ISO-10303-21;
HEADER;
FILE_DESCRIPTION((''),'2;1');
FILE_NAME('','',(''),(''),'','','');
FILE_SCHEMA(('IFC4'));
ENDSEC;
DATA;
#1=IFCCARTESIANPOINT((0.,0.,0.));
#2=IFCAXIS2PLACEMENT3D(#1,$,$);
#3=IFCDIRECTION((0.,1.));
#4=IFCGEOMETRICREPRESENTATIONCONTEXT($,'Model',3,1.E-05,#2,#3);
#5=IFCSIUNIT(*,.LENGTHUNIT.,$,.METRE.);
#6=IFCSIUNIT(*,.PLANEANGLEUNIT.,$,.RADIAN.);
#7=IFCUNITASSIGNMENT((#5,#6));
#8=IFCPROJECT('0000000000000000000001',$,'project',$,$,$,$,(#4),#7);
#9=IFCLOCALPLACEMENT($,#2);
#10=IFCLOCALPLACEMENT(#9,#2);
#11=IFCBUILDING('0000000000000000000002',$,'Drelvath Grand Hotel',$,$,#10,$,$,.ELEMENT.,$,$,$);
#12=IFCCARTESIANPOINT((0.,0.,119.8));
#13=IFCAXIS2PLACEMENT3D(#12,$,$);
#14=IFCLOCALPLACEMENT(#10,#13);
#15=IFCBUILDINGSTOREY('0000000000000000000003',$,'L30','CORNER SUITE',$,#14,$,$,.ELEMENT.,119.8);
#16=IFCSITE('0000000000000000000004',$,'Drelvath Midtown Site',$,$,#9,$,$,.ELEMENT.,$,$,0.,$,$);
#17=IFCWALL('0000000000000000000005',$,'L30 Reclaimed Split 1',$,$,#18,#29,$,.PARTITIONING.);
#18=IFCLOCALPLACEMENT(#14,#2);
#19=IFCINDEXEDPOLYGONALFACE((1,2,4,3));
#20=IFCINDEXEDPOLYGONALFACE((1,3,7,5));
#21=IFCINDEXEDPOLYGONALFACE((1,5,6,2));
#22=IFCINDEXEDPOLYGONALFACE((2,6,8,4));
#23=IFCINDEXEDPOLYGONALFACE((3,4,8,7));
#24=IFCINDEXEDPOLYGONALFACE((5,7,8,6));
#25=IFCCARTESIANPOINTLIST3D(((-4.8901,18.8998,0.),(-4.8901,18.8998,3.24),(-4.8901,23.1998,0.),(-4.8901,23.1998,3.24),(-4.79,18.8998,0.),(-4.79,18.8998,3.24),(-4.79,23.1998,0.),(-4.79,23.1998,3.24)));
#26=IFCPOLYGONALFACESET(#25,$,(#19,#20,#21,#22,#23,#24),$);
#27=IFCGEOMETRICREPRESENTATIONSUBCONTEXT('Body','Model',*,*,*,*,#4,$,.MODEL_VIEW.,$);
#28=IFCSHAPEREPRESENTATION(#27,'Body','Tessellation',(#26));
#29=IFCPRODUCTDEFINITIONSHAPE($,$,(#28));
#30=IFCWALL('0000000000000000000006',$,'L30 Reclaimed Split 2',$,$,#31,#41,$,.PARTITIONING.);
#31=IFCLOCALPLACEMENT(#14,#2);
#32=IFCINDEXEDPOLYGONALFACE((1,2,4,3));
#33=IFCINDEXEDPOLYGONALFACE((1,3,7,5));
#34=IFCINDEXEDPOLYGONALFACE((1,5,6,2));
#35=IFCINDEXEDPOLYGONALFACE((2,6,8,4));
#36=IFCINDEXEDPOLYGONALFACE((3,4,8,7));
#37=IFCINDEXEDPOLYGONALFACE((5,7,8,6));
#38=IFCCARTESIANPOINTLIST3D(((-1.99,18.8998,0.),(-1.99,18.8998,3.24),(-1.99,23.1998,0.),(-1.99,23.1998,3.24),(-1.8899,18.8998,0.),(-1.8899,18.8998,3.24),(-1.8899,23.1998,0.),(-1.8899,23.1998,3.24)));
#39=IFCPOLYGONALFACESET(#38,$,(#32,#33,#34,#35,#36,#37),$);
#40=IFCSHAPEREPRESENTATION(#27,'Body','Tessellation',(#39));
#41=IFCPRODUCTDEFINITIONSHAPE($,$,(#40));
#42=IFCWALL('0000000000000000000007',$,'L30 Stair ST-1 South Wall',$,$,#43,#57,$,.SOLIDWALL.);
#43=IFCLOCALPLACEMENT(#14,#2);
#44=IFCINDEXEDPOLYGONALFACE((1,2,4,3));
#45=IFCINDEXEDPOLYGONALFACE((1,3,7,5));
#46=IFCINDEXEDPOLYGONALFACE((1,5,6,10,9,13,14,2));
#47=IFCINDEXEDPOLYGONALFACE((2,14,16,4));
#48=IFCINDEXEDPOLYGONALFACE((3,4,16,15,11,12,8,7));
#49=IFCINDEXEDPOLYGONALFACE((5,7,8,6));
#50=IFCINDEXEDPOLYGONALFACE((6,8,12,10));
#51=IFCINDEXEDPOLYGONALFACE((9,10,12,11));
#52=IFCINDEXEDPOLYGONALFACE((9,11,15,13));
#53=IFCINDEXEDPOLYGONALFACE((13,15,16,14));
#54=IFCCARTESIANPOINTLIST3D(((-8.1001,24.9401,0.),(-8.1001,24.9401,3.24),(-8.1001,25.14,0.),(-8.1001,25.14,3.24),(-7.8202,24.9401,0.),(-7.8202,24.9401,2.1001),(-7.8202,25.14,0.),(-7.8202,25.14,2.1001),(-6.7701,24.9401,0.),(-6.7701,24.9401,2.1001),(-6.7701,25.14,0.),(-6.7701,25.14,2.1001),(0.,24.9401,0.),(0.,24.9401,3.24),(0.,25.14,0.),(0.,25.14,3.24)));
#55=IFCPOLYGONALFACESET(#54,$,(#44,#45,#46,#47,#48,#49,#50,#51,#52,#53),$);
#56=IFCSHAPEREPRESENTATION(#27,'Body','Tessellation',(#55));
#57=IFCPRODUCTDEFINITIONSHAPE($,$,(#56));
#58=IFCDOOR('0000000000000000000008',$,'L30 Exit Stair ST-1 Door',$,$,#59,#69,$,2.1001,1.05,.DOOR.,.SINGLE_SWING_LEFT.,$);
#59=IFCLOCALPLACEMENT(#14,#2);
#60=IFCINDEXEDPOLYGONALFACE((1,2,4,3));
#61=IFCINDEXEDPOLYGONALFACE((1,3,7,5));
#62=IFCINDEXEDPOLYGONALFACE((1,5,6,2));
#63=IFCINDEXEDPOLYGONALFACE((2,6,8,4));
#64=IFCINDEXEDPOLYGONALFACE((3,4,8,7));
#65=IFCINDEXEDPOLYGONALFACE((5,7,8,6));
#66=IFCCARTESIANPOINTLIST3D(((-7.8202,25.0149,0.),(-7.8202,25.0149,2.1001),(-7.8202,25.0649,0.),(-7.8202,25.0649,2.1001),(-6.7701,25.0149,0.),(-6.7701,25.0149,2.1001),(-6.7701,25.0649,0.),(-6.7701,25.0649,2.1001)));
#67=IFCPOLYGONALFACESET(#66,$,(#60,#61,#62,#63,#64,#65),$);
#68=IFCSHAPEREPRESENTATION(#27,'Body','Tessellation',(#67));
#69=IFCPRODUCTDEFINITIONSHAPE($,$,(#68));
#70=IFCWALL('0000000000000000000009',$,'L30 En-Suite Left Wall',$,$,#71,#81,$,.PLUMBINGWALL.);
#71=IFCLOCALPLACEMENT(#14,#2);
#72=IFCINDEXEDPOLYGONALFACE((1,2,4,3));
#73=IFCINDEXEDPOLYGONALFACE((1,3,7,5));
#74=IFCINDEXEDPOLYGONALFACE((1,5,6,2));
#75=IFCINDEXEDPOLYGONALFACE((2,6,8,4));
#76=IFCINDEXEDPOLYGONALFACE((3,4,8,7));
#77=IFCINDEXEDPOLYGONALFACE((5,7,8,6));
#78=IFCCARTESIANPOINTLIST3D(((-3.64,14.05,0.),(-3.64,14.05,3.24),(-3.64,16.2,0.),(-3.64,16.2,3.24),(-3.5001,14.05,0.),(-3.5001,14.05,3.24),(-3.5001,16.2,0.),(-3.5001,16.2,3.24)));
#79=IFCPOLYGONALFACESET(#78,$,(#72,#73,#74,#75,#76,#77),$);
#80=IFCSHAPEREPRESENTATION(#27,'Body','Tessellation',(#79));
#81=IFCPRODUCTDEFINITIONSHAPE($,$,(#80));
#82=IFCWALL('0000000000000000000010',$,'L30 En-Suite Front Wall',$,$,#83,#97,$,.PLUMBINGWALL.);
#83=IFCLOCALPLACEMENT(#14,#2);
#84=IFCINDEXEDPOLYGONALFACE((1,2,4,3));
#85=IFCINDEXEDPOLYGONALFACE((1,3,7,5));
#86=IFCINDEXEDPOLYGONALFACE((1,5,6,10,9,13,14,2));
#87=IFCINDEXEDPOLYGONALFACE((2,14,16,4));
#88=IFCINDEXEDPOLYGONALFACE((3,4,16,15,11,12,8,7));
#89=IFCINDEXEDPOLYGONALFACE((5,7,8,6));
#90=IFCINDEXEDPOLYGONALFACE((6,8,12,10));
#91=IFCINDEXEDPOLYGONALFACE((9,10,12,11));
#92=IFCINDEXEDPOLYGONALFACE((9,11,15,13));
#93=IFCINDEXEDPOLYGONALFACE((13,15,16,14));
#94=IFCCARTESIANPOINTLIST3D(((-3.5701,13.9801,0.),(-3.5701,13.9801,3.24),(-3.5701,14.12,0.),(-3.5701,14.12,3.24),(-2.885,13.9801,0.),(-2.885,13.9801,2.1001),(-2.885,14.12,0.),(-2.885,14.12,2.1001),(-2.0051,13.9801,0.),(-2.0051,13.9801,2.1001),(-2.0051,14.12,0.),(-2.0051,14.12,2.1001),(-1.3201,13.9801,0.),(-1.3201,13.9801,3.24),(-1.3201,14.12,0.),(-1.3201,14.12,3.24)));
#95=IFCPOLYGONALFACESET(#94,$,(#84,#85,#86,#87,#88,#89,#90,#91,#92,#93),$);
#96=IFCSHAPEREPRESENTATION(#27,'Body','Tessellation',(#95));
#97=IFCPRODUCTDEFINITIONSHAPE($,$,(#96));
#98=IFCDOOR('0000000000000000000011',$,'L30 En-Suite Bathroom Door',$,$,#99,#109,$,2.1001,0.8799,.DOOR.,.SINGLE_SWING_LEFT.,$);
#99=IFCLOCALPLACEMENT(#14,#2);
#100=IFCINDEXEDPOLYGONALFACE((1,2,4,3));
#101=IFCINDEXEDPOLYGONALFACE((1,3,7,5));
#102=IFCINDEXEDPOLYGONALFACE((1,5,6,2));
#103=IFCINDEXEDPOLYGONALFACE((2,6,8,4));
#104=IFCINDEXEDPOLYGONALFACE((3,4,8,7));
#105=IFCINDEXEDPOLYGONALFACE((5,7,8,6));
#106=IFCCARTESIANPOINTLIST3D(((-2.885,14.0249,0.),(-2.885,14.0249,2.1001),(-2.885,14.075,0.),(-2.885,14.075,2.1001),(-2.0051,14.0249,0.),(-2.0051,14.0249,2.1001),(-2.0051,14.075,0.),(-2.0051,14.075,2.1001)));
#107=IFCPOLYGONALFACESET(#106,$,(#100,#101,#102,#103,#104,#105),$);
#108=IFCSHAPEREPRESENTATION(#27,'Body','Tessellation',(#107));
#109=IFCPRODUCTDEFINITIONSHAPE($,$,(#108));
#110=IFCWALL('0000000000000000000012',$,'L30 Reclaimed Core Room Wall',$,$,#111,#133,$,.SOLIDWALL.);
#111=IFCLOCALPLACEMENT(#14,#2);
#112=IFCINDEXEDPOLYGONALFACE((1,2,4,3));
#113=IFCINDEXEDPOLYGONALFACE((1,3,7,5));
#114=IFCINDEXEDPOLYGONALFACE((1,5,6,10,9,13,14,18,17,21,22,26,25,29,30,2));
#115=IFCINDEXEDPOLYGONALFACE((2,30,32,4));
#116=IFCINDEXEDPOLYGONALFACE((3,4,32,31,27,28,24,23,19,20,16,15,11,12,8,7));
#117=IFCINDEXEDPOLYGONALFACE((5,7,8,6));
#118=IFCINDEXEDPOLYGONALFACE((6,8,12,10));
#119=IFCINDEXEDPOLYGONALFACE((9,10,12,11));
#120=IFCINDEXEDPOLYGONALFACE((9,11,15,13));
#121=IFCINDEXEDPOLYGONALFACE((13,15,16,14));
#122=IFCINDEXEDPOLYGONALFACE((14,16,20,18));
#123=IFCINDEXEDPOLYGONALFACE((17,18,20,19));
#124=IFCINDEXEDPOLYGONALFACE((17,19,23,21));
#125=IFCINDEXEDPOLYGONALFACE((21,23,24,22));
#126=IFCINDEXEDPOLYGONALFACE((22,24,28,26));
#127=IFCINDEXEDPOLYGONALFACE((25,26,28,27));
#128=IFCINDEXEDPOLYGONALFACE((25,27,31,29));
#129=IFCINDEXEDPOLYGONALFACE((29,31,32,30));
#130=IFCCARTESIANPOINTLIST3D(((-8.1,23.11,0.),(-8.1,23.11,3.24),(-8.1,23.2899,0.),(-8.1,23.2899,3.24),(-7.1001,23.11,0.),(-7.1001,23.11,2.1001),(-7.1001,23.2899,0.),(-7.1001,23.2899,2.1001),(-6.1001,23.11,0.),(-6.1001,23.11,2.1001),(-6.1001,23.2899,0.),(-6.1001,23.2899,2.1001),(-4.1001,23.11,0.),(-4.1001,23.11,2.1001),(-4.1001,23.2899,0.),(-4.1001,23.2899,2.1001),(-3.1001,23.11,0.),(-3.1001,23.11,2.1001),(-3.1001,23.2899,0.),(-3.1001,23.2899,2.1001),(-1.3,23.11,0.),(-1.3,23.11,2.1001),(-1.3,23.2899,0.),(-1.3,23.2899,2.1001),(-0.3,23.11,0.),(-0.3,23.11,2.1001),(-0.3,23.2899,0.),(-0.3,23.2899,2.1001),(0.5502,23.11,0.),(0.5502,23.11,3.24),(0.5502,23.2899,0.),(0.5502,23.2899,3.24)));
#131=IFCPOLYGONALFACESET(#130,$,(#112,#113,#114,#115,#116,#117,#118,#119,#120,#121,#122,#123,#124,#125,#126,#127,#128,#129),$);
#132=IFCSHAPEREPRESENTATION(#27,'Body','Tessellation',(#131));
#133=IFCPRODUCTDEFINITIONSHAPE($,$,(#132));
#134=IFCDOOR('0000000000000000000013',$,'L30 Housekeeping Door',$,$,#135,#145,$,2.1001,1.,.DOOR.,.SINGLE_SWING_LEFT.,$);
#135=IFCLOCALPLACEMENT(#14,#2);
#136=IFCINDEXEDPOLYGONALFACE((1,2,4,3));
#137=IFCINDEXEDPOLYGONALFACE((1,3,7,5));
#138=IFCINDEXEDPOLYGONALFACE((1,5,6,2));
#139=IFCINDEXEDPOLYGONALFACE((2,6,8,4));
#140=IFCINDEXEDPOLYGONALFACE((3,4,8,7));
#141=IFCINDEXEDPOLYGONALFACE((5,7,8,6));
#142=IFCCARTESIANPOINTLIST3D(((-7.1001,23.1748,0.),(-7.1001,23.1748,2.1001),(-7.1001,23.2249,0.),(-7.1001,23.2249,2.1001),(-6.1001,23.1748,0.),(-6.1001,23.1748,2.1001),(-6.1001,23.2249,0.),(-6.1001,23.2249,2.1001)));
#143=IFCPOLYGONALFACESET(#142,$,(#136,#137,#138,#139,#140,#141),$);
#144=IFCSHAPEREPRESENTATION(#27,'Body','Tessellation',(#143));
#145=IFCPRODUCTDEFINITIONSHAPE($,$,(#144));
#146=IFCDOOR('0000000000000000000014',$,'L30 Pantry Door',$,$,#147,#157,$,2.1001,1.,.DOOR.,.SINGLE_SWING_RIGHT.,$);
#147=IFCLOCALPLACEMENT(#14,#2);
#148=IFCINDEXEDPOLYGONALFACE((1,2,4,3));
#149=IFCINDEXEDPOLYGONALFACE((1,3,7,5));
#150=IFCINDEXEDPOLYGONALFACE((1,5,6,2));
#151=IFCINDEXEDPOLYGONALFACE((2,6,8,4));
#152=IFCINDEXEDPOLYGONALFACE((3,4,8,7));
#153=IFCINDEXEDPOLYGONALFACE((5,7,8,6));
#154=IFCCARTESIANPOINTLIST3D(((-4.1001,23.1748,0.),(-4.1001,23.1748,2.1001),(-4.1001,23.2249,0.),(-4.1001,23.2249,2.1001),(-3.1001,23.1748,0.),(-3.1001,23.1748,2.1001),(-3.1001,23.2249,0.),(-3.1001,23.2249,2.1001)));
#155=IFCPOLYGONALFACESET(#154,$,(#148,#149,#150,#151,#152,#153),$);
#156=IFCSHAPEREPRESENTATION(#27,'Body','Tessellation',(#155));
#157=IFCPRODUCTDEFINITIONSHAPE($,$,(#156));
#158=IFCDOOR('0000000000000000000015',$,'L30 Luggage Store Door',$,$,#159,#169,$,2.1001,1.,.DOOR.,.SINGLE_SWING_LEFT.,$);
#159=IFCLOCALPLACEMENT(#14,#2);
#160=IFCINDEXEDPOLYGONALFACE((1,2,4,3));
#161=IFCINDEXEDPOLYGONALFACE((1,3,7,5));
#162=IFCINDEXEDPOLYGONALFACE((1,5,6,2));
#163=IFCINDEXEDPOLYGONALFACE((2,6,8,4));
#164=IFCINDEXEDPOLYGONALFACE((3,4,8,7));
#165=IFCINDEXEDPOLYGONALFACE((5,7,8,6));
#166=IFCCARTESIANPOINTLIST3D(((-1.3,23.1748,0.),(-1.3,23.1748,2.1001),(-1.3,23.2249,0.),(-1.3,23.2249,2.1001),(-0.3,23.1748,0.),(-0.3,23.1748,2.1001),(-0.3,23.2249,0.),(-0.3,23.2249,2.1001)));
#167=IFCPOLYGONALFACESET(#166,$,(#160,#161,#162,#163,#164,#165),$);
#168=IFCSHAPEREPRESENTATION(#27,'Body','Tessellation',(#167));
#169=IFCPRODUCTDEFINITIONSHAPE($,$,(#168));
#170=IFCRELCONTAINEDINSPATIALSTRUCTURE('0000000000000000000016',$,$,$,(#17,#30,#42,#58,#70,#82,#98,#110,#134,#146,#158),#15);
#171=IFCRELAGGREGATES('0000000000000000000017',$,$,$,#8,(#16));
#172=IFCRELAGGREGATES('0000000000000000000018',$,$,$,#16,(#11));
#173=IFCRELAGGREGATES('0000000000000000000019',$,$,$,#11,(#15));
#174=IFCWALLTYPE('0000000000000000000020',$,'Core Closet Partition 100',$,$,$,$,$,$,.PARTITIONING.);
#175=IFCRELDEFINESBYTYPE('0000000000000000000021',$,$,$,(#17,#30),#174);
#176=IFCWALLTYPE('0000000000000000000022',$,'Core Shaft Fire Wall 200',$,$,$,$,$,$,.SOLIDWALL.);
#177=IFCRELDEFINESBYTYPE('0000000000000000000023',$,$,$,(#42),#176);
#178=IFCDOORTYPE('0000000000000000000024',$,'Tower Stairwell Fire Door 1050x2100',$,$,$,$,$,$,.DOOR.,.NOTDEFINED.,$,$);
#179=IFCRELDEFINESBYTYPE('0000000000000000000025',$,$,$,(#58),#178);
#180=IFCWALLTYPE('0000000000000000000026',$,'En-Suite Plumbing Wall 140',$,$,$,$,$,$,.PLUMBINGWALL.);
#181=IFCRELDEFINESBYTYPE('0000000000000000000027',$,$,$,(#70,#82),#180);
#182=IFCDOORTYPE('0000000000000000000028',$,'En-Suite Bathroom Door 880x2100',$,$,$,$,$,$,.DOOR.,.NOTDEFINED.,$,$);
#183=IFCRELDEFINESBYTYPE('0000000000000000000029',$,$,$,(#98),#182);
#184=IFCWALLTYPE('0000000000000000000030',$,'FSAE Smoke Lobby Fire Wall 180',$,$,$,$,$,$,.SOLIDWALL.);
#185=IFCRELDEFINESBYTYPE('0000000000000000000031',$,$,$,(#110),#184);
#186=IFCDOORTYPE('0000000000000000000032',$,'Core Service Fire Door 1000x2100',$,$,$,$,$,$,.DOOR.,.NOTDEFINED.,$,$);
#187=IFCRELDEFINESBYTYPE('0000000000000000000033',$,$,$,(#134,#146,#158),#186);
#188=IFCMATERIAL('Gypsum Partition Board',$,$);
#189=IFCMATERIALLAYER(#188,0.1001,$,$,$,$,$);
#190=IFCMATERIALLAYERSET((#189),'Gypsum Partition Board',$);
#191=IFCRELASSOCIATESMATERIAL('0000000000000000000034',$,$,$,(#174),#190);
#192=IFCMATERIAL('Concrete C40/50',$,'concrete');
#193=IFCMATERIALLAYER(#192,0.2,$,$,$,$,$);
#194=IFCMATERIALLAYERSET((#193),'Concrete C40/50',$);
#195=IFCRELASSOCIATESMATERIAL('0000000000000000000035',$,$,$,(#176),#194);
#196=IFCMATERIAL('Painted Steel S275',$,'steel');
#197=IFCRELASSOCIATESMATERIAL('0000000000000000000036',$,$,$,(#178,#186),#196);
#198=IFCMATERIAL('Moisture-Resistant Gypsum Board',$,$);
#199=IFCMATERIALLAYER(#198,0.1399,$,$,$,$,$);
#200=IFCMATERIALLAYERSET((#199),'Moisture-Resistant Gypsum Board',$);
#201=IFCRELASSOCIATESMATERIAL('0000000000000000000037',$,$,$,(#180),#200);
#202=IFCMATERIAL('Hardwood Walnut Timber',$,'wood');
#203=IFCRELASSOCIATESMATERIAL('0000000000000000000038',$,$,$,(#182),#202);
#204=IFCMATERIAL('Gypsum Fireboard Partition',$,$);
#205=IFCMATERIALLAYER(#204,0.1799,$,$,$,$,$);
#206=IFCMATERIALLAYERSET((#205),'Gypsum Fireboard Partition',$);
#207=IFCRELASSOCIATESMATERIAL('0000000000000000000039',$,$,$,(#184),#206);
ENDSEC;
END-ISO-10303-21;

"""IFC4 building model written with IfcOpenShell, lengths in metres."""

from ifc_helpers import new_model, si_unit, direction, frame, frame_2d, origin, place, context, subcontext, project, spatial, rectangle, extrude, material, layer, layer_set, type_object, element, fill, save


model = new_model("IFC4")

# Units and contexts
model_context = context("Model", 3, precision=1e-05, world=origin(), true_north=direction((0.0, 1.0)))
body_context = subcontext(model_context, "Body", "Model", "MODEL_VIEW")
ifc_project = project(units=[si_unit("LENGTHUNIT", "METRE"), si_unit("PLANEANGLEUNIT", "RADIAN")], contexts=[model_context])

# Site, building, storey
site_placement = place(None, origin())
site = spatial("IfcSite", under=ifc_project, at=site_placement, Name="Drelvath Midtown Site", CompositionType="ELEMENT", RefElevation=0.0)
building_placement = place(site_placement, origin())
building = spatial("IfcBuilding", under=site, at=building_placement, Name="Drelvath Grand Hotel", CompositionType="ELEMENT")
storey_placement = place(building_placement, frame((0.0, 0.0, 119.8)))
storey = spatial("IfcBuildingStorey", under=building, at=storey_placement, Name="L30", Description="CORNER SUITE", CompositionType="ELEMENT", Elevation=119.8)

# Walls
ifc_material_1 = material(Name="Gypsum Partition Board")
ifc_layer_1 = layer(ifc_material_1, 0.1001)
ifc_layer_set_1 = layer_set([ifc_layer_1], Name="Gypsum Partition Board")
wall_type_1 = type_object("IfcWallType", Name="Core Closet Partition 100", PredefinedType="PARTITIONING", material=ifc_layer_set_1)
for number, where, z_axis, x_axis, name in (
    (1, (-4.8401, 18.8999, 0.0), (0.0, 0.0, 1.0), (0.0, 1.0, 0.0), "L30 Reclaimed Split 1"),
    (2, (-1.9399, 18.8999, 0.0), (0.0, 0.0, 1.0), (0.0, 1.0, 0.0), "L30 Reclaimed Split 2"),
):
    element("IfcWall", number, at=place(storey_placement, frame(where, z_axis=z_axis, x_axis=x_axis)), inside=storey, type_object=wall_type_1, Name=name, PredefinedType="PARTITIONING", context=body_context, shape_type="SweptSolid", body=[
        extrude(rectangle(XDim=4.3, YDim=0.1001, at=frame_2d((2.1499, 0.0))), origin(), (0.0, 0.0, 1.0), 3.24),
    ])

# Wall, opening, door
ifc_material_2 = material(Name="Concrete C40/50", Category="concrete")
ifc_layer_2 = layer(ifc_material_2, 0.2)
ifc_layer_set_2 = layer_set([ifc_layer_2], Name="Concrete C40/50")
wall_type_2 = type_object("IfcWallType", Name="Core Shaft Fire Wall 200", PredefinedType="SOLIDWALL", material=ifc_layer_set_2)
wall_1_placement = place(storey_placement, frame((-8.1001, 25.04, 0.0), z_axis=(0.0, 0.0, 1.0), x_axis=(1.0, 0.0, 0.0)))
wall_1 = element("IfcWall", 3, at=wall_1_placement, inside=storey, type_object=wall_type_2, Name="L30 Stair ST-1 South Wall", PredefinedType="SOLIDWALL", context=body_context, shape_type="SweptSolid", body=[
    extrude(rectangle(XDim=8.1001, YDim=0.2, at=frame_2d((4.05, 0.0))), origin(), (0.0, 0.0, 1.0), 3.24),
])
opening_1_placement = place(wall_1_placement, frame((0.28, 0.0, 0.0)))
opening_1 = element("IfcOpeningElement", 4, at=opening_1_placement, cuts=wall_1, PredefinedType="OPENING", context=body_context, shape_type="SweptSolid", body=[
    extrude(rectangle(XDim=1.05, YDim=2.1001, at=frame_2d((0.5249, 1.05))), frame((0.0, 0.1099, 0.0), z_axis=(0.0, -1.0, 0.0), x_axis=(1.0, 0.0, 0.0)), (0.0, 0.0, 1.0), 0.22),
])
ifc_material_3 = material(Name="Painted Steel S275", Category="steel")
door_type_1 = type_object("IfcDoorType", Name="Tower Stairwell Fire Door 1050x2100", OperationType="NOTDEFINED", PredefinedType="DOOR", material=ifc_material_3)
door_1_placement = place(opening_1_placement, origin())
door_1 = element("IfcDoor", 5, at=door_1_placement, inside=storey, type_object=door_type_1, Name="L30 Exit Stair ST-1 Door", OperationType="SINGLE_SWING_LEFT", OverallHeight=2.1001, OverallWidth=1.05, PredefinedType="DOOR", context=body_context, shape_type="SweptSolid", body=[
    extrude(rectangle(XDim=1.05, YDim=2.1001, at=frame_2d((0.5249, 1.05))), frame((0.0, 0.0249, 0.0), z_axis=(0.0, -1.0, 0.0), x_axis=(1.0, 0.0, 0.0)), (0.0, 0.0, 1.0), 0.05),
])
fill(opening_1, door_1)

# Wall
ifc_material_4 = material(Name="Moisture-Resistant Gypsum Board")
ifc_layer_3 = layer(ifc_material_4, 0.1399)
ifc_layer_set_3 = layer_set([ifc_layer_3], Name="Moisture-Resistant Gypsum Board")
wall_type_3 = type_object("IfcWallType", Name="En-Suite Plumbing Wall 140", PredefinedType="PLUMBINGWALL", material=ifc_layer_set_3)
wall_2_placement = place(storey_placement, frame((-3.5701, 16.2, 0.0), z_axis=(0.0, 0.0, 1.0), x_axis=(0.0, -1.0, 0.0)))
element("IfcWall", 6, at=wall_2_placement, inside=storey, type_object=wall_type_3, Name="L30 En-Suite Left Wall", PredefinedType="PLUMBINGWALL", context=body_context, shape_type="SweptSolid", body=[
    extrude(rectangle(XDim=2.1499, YDim=0.1399, at=frame_2d((1.075, 0.0))), origin(), (0.0, 0.0, 1.0), 3.24),
])

# Wall, opening, door
wall_3_placement = place(storey_placement, frame((-3.5701, 14.05, 0.0), z_axis=(0.0, 0.0, 1.0), x_axis=(1.0, 0.0, 0.0)))
wall_3 = element("IfcWall", 7, at=wall_3_placement, inside=storey, type_object=wall_type_3, Name="L30 En-Suite Front Wall", PredefinedType="PLUMBINGWALL", context=body_context, shape_type="SweptSolid", body=[
    extrude(rectangle(XDim=2.25, YDim=0.1399, at=frame_2d((1.125, 0.0))), origin(), (0.0, 0.0, 1.0), 3.24),
])
opening_2_placement = place(wall_3_placement, frame((0.6851, 0.0, 0.0)))
opening_2 = element("IfcOpeningElement", 8, at=opening_2_placement, cuts=wall_3, PredefinedType="OPENING", context=body_context, shape_type="SweptSolid", body=[
    extrude(rectangle(XDim=0.8799, YDim=2.1001, at=frame_2d((0.4399, 1.05))), frame((0.0, 0.0798, 0.0), z_axis=(0.0, -1.0, 0.0), x_axis=(1.0, 0.0, 0.0)), (0.0, 0.0, 1.0), 0.1599),
])
ifc_material_5 = material(Name="Hardwood Walnut Timber", Category="wood")
door_type_2 = type_object("IfcDoorType", Name="En-Suite Bathroom Door 880x2100", OperationType="NOTDEFINED", PredefinedType="DOOR", material=ifc_material_5)
door_2_placement = place(opening_2_placement, origin())
door_2 = element("IfcDoor", 9, at=door_2_placement, inside=storey, type_object=door_type_2, Name="L30 En-Suite Bathroom Door", OperationType="SINGLE_SWING_LEFT", OverallHeight=2.1001, OverallWidth=0.8799, PredefinedType="DOOR", context=body_context, shape_type="SweptSolid", body=[
    extrude(rectangle(XDim=0.8799, YDim=2.1001, at=frame_2d((0.4399, 1.05))), frame((0.0, 0.0249, 0.0), z_axis=(0.0, -1.0, 0.0), x_axis=(1.0, 0.0, 0.0)), (0.0, 0.0, 1.0), 0.05),
])
fill(opening_2, door_2)

# Wall, openings, doors
ifc_material_6 = material(Name="Gypsum Fireboard Partition")
ifc_layer_4 = layer(ifc_material_6, 0.1799)
ifc_layer_set_4 = layer_set([ifc_layer_4], Name="Gypsum Fireboard Partition")
wall_type_4 = type_object("IfcWallType", Name="FSAE Smoke Lobby Fire Wall 180", PredefinedType="SOLIDWALL", material=ifc_layer_set_4)
wall_4_placement = place(storey_placement, frame((-8.1001, 23.2, 0.0), z_axis=(0.0, 0.0, 1.0), x_axis=(1.0, 0.0, 0.0)))
wall_4 = element("IfcWall", 10, at=wall_4_placement, inside=storey, type_object=wall_type_4, Name="L30 Reclaimed Core Room Wall", PredefinedType="SOLIDWALL", context=body_context, shape_type="SweptSolid", body=[
    extrude(rectangle(XDim=8.6501, YDim=0.1799, at=frame_2d((4.3252, 0.0))), origin(), (0.0, 0.0, 1.0), 3.24),
])
opening_3_placement = place(wall_4_placement, frame((1.0, 0.0, 0.0)))
opening_3 = element("IfcOpeningElement", 11, at=opening_3_placement, cuts=wall_4, PredefinedType="OPENING", context=body_context, shape_type="SweptSolid", body=[
    extrude(rectangle(XDim=1.0, YDim=2.1001, at=frame_2d((0.5, 1.05))), frame((0.0, 0.0999, 0.0), z_axis=(0.0, -1.0, 0.0), x_axis=(1.0, 0.0, 0.0)), (0.0, 0.0, 1.0), 0.2),
])
opening_4_placement = place(wall_4_placement, frame((4.0, 0.0, 0.0)))
opening_4 = element("IfcOpeningElement", 12, at=opening_4_placement, cuts=wall_4, PredefinedType="OPENING", context=body_context, shape_type="SweptSolid", body=[
    extrude(rectangle(XDim=1.0, YDim=2.1001, at=frame_2d((0.5, 1.05))), frame((0.0, 0.0999, 0.0), z_axis=(0.0, -1.0, 0.0), x_axis=(1.0, 0.0, 0.0)), (0.0, 0.0, 1.0), 0.2),
])
opening_5_placement = place(wall_4_placement, frame((6.8, 0.0, 0.0)))
opening_5 = element("IfcOpeningElement", 13, at=opening_5_placement, cuts=wall_4, PredefinedType="OPENING", context=body_context, shape_type="SweptSolid", body=[
    extrude(rectangle(XDim=1.0, YDim=2.1001, at=frame_2d((0.5, 1.05))), frame((0.0, 0.0999, 0.0), z_axis=(0.0, -1.0, 0.0), x_axis=(1.0, 0.0, 0.0)), (0.0, 0.0, 1.0), 0.2),
])
door_type_3 = type_object("IfcDoorType", Name="Core Service Fire Door 1000x2100", OperationType="NOTDEFINED", PredefinedType="DOOR", material=ifc_material_3)
door_3_placement = place(opening_3_placement, origin())
door_3 = element("IfcDoor", 14, at=door_3_placement, inside=storey, type_object=door_type_3, Name="L30 Housekeeping Door", OperationType="SINGLE_SWING_LEFT", OverallHeight=2.1001, OverallWidth=1.0, PredefinedType="DOOR", context=body_context, shape_type="SweptSolid", body=[
    extrude(rectangle(XDim=1.0, YDim=2.1001, at=frame_2d((0.5, 1.05))), frame((0.0, 0.0249, 0.0), z_axis=(0.0, -1.0, 0.0), x_axis=(1.0, 0.0, 0.0)), (0.0, 0.0, 1.0), 0.05),
])
fill(opening_3, door_3)
door_4_placement = place(opening_4_placement, origin())
door_4 = element("IfcDoor", 15, at=door_4_placement, inside=storey, type_object=door_type_3, Name="L30 Pantry Door", OperationType="SINGLE_SWING_RIGHT", OverallHeight=2.1001, OverallWidth=1.0, PredefinedType="DOOR", context=body_context, shape_type="SweptSolid", body=[
    extrude(rectangle(XDim=1.0, YDim=2.1001, at=frame_2d((0.5, 1.05))), frame((0.0, 0.0249, 0.0), z_axis=(0.0, -1.0, 0.0), x_axis=(1.0, 0.0, 0.0)), (0.0, 0.0, 1.0), 0.05),
])
fill(opening_4, door_4)
door_5_placement = place(opening_5_placement, origin())
door_5 = element("IfcDoor", 16, at=door_5_placement, inside=storey, type_object=door_type_3, Name="L30 Luggage Store Door", OperationType="SINGLE_SWING_LEFT", OverallHeight=2.1001, OverallWidth=1.0, PredefinedType="DOOR", context=body_context, shape_type="SweptSolid", body=[
    extrude(rectangle(XDim=1.0, YDim=2.1001, at=frame_2d((0.5, 1.05))), frame((0.0, 0.0249, 0.0), z_axis=(0.0, -1.0, 0.0), x_axis=(1.0, 0.0, 0.0)), (0.0, 0.0, 1.0), 0.05),
])
fill(opening_5, door_5)

save(model, "model.ifc")
